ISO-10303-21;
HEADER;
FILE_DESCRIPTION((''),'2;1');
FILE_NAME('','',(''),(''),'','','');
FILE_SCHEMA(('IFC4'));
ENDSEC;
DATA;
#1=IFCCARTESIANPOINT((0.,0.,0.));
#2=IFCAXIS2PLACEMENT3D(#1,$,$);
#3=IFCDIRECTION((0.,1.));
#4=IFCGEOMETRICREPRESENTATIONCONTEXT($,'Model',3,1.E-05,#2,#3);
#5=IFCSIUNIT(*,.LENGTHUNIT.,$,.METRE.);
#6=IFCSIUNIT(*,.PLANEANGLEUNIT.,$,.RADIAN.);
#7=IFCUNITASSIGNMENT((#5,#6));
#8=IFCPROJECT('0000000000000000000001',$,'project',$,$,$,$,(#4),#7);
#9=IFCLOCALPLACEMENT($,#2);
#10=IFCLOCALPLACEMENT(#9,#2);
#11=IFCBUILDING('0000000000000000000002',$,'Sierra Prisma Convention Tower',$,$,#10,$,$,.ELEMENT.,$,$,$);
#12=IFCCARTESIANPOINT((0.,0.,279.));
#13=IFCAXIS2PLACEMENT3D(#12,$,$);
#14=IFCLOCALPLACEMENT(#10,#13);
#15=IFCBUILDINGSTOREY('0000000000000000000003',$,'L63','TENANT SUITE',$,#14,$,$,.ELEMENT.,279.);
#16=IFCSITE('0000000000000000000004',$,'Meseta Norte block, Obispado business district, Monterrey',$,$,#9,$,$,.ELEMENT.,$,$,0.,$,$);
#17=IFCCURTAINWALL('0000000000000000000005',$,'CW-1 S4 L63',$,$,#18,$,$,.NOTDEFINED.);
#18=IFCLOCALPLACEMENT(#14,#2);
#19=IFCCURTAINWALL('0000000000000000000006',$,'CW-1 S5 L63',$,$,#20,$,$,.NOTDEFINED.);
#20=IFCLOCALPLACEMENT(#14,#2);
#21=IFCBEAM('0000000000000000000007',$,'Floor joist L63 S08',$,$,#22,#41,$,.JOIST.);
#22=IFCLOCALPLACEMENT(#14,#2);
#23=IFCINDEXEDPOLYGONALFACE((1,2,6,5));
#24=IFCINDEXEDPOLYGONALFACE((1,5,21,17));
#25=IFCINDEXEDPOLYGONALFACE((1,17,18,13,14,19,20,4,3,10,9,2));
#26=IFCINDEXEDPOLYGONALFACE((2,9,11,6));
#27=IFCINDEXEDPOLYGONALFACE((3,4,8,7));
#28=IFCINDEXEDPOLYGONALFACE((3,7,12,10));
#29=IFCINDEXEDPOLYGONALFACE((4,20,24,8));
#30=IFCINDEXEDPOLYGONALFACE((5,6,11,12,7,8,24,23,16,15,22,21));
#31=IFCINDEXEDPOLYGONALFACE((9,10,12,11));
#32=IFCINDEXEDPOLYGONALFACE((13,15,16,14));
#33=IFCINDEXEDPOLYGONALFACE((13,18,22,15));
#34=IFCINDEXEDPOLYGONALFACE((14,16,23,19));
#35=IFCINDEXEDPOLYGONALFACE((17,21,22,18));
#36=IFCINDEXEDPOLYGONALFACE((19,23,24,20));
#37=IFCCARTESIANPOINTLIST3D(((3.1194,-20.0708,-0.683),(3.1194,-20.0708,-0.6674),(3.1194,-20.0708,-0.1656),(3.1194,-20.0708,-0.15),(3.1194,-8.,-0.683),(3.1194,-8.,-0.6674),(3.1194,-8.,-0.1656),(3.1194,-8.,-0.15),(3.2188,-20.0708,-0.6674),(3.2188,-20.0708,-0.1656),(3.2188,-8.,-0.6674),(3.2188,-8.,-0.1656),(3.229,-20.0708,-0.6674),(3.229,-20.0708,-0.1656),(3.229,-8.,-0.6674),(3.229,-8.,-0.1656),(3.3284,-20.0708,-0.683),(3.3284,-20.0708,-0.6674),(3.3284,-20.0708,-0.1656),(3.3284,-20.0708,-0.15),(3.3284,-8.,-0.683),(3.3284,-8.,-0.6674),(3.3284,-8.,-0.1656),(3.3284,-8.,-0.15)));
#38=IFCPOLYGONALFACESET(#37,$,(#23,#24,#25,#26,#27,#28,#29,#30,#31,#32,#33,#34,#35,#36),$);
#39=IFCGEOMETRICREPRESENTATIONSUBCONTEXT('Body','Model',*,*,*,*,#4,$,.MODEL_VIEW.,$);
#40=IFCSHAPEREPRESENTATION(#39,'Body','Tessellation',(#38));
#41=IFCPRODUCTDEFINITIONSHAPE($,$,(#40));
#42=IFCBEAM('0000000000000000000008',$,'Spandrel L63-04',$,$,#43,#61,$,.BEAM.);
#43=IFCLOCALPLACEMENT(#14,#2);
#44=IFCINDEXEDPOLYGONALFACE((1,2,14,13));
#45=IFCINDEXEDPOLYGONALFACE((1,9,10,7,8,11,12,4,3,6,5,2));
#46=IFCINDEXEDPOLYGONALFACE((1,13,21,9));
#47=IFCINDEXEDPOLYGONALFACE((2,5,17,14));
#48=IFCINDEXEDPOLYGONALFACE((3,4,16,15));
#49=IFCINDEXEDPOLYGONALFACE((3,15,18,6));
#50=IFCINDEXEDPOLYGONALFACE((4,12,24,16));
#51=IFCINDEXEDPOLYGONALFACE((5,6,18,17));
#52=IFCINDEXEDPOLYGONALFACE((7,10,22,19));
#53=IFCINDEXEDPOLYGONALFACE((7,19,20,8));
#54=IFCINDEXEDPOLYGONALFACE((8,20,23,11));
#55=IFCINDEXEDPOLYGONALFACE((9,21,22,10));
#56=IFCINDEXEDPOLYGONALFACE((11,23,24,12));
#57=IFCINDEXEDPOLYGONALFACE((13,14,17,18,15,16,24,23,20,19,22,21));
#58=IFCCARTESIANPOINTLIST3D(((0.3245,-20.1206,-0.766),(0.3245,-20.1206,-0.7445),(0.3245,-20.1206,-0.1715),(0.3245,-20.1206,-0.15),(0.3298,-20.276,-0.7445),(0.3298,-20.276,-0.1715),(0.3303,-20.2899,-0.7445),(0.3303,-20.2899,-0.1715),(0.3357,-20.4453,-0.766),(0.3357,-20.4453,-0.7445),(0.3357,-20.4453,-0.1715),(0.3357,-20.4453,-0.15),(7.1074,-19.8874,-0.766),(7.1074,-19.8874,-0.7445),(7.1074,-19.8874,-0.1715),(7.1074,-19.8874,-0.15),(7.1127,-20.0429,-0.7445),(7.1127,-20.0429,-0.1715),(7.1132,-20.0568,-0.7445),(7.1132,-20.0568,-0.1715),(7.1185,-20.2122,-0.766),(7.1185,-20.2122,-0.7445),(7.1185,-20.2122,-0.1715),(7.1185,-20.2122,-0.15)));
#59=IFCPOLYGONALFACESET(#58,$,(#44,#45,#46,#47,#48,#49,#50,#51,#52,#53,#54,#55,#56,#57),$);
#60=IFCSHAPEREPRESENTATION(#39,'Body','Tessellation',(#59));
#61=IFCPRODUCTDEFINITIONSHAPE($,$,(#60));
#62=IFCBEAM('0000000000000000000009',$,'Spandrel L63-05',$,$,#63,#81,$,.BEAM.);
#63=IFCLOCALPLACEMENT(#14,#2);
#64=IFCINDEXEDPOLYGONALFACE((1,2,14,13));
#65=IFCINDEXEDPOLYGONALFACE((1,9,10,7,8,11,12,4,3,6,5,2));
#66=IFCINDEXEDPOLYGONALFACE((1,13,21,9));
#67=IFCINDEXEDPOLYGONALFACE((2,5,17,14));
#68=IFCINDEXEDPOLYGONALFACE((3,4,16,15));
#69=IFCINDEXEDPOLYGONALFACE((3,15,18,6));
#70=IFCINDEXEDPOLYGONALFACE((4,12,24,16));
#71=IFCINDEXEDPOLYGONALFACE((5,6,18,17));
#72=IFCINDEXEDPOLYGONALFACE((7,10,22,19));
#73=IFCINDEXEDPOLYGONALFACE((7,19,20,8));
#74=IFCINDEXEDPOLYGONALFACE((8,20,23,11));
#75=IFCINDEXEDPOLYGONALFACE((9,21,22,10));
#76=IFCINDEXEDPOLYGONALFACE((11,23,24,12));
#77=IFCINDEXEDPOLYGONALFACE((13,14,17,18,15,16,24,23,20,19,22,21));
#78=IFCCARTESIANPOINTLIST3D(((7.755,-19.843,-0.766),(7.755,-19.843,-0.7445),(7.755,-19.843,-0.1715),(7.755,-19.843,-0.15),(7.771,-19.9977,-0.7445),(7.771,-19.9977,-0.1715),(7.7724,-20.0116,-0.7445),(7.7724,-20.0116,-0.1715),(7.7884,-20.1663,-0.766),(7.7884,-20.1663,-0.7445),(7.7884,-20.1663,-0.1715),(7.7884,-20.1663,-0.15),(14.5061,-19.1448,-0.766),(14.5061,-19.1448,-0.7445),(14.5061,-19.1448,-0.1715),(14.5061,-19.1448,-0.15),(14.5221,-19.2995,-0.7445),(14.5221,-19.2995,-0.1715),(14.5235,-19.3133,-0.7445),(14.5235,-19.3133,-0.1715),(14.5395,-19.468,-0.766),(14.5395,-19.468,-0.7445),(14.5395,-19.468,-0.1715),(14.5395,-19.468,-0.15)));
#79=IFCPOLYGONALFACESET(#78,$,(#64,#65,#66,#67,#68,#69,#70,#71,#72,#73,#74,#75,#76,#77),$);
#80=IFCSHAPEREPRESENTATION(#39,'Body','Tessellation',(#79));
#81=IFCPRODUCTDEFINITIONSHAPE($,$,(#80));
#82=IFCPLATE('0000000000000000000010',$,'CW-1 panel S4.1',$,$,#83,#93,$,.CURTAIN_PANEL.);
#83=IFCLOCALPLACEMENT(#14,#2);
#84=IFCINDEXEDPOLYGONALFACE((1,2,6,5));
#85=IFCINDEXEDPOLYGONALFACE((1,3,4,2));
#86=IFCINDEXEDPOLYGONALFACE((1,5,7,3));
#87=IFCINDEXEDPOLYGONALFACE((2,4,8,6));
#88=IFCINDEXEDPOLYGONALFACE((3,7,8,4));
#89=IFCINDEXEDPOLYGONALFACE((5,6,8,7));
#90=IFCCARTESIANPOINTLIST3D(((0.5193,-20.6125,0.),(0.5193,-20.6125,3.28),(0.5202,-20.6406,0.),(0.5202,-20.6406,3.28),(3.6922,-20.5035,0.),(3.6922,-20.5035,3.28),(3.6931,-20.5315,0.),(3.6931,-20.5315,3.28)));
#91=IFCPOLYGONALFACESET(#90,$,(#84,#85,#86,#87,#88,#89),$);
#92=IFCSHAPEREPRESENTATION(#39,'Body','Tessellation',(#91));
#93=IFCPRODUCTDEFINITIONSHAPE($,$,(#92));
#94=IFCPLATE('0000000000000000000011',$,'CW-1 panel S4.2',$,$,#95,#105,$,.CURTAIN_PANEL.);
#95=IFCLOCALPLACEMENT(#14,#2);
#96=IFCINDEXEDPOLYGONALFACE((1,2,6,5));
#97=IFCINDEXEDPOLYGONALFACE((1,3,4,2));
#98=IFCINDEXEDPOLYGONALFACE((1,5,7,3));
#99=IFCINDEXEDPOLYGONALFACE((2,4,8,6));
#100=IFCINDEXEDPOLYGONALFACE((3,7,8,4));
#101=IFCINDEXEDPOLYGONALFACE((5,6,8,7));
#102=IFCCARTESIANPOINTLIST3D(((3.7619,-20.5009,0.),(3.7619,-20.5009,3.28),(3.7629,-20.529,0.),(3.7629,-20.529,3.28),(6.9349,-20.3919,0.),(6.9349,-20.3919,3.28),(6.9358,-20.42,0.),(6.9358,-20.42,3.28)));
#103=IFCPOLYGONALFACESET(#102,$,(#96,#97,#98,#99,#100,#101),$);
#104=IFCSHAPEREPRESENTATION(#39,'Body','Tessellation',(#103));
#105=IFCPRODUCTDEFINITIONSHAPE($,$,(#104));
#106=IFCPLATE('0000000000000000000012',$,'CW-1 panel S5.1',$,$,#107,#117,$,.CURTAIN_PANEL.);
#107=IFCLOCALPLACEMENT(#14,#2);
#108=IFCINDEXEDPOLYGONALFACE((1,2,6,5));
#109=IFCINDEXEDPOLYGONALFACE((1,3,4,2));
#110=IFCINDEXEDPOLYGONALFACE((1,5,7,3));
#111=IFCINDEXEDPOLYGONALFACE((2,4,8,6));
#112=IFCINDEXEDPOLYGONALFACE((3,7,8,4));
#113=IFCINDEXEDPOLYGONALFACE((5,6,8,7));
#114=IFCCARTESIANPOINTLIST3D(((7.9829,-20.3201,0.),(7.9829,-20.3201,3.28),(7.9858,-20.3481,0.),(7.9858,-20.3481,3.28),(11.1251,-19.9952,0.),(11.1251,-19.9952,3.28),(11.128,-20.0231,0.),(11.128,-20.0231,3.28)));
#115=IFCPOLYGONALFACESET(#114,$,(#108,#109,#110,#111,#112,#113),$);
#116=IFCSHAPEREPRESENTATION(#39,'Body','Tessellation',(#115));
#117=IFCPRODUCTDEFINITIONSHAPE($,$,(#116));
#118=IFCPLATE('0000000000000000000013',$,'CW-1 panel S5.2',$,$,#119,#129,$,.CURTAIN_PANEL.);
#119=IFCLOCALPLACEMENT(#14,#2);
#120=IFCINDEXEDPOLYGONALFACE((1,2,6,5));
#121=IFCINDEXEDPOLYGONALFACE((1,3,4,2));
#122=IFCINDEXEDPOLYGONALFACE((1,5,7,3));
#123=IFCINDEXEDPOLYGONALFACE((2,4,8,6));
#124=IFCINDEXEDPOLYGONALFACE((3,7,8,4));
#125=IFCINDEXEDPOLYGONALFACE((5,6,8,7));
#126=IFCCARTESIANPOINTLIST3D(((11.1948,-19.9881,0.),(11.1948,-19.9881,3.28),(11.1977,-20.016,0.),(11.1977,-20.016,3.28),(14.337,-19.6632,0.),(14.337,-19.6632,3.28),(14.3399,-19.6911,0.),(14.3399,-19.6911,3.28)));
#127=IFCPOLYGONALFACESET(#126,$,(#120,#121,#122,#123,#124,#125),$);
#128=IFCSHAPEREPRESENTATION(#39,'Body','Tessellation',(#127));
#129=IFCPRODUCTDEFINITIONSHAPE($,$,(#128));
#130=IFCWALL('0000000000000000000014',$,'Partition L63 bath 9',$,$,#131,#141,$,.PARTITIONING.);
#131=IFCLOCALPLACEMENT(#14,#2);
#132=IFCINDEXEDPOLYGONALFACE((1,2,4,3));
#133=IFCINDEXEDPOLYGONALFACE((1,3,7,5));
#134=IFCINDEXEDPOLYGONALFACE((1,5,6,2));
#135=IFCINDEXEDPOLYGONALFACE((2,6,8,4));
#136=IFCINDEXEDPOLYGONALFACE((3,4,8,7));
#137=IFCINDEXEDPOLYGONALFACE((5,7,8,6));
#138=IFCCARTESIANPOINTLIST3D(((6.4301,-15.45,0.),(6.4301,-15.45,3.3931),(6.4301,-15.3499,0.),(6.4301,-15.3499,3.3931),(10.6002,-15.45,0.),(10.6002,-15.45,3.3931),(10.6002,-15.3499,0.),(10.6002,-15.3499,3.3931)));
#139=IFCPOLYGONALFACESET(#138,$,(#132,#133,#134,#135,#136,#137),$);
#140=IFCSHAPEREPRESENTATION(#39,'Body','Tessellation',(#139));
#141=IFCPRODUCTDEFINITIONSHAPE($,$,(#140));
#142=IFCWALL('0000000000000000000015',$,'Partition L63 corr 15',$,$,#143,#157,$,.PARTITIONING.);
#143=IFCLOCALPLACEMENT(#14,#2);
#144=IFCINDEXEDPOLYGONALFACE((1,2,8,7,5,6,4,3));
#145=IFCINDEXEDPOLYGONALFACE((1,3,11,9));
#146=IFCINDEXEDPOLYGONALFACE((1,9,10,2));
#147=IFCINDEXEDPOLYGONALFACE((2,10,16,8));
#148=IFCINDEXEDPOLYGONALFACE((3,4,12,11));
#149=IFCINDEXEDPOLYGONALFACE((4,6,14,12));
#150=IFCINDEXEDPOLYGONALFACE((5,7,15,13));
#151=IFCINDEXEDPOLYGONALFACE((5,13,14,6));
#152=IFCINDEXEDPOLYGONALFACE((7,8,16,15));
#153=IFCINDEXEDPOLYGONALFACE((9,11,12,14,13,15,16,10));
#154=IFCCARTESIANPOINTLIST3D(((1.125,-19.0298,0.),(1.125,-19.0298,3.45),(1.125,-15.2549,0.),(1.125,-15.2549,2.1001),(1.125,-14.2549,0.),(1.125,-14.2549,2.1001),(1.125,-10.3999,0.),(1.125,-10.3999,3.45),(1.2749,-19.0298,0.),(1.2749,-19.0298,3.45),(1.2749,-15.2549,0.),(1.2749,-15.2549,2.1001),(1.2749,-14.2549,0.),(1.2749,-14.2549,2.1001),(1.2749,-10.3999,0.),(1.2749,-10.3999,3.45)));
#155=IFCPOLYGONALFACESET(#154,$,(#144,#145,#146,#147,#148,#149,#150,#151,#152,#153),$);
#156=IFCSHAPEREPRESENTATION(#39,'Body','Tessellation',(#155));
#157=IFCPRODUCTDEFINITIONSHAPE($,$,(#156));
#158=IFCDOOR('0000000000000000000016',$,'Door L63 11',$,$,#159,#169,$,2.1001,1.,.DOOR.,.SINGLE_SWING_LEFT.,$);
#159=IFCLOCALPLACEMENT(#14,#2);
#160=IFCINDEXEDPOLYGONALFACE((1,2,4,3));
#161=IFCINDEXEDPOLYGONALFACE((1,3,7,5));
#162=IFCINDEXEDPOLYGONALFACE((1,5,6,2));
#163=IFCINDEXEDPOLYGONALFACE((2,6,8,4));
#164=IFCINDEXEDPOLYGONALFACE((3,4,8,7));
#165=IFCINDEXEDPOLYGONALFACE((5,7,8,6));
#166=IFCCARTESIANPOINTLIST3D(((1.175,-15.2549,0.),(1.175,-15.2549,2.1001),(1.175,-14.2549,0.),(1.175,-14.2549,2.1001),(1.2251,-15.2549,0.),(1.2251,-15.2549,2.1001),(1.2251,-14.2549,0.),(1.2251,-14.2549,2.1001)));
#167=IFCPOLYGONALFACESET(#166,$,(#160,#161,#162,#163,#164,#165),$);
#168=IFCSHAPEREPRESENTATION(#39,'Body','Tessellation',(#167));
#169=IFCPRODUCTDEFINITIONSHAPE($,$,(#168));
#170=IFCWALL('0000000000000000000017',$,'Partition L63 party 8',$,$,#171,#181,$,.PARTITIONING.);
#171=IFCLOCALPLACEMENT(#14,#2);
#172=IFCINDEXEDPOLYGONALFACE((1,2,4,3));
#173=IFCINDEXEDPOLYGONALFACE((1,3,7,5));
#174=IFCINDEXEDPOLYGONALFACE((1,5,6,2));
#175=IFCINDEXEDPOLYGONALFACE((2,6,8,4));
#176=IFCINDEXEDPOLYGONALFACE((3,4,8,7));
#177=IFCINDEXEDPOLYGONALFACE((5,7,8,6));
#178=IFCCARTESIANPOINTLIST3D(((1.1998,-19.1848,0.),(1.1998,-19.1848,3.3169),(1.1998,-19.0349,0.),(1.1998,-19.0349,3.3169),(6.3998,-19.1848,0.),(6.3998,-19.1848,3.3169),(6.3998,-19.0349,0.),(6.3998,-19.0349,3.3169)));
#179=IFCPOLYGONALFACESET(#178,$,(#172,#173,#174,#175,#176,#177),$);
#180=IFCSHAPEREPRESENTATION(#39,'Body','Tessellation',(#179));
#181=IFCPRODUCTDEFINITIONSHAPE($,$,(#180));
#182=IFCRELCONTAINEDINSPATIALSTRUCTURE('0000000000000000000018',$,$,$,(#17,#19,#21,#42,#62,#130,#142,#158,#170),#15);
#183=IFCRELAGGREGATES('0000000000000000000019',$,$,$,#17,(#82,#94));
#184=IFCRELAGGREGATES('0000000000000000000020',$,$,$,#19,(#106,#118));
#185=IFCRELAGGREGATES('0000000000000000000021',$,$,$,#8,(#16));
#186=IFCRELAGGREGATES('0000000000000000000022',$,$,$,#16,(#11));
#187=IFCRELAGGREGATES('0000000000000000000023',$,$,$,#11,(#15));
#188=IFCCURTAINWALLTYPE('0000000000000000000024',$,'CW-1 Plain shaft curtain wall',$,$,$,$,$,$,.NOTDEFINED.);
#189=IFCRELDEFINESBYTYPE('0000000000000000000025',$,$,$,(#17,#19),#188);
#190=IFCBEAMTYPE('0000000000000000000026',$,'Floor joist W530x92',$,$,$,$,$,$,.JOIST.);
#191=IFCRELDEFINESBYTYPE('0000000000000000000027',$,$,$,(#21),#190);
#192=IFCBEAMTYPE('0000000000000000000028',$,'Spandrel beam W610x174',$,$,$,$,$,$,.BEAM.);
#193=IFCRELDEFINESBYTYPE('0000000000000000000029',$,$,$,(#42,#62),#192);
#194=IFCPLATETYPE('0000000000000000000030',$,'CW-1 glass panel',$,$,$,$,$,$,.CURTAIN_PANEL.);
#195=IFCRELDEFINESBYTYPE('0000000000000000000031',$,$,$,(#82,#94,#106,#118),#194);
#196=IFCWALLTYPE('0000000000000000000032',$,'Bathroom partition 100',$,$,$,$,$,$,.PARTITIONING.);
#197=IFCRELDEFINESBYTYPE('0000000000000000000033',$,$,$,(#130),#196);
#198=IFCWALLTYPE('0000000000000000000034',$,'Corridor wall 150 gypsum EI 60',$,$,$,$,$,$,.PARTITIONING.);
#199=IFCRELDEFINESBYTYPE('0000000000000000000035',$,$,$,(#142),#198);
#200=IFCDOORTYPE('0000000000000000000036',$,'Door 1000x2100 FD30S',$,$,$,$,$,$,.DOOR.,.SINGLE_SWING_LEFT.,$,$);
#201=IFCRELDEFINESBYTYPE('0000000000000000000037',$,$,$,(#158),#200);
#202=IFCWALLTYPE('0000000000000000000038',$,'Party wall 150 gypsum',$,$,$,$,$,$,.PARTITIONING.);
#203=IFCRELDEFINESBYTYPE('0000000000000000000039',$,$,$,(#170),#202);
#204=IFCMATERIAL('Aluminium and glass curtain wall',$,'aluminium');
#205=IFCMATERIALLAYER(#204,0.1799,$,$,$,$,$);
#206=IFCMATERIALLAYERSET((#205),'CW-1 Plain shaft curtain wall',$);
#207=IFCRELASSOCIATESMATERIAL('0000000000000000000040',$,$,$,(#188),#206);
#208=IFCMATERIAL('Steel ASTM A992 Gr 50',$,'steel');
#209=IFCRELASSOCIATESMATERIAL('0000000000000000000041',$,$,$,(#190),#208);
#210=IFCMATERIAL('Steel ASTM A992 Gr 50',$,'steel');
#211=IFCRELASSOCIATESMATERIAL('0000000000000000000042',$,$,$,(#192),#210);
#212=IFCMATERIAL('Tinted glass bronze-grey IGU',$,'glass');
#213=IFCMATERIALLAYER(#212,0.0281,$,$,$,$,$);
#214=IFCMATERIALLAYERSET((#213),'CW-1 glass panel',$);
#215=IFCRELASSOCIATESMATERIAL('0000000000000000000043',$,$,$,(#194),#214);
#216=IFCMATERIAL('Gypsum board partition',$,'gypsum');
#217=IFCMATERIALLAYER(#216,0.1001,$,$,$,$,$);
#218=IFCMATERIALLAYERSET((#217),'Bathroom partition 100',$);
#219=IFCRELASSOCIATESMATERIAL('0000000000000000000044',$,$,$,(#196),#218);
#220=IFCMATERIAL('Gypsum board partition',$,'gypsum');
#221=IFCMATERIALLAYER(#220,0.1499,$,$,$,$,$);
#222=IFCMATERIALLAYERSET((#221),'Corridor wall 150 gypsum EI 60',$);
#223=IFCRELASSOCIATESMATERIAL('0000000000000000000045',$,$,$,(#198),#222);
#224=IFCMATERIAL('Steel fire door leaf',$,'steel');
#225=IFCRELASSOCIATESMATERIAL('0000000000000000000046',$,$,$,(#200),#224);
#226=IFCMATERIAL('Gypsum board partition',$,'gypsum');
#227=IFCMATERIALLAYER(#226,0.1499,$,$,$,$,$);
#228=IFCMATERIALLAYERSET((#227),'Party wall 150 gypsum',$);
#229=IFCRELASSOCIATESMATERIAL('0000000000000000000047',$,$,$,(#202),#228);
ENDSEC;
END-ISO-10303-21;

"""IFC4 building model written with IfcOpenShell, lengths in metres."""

from ifc_helpers import new_model, si_unit, direction, frame, frame_2d, origin, origin_2d, place, context, subcontext, project, spatial, rectangle, i_section, extrude, material, layer, layer_set, material_profile, profile_set, type_object, element, fill, aggregate, save


model = new_model("IFC4")

# Units and contexts
model_context = context("Model", 3, precision=1e-05, world=origin(), true_north=direction((0.0, 1.0)))
body_context = subcontext(model_context, "Body", "Model", "MODEL_VIEW")
ifc_project = project(units=[si_unit("LENGTHUNIT", "METRE"), si_unit("PLANEANGLEUNIT", "RADIAN")], contexts=[model_context])

# Site, building, storey
site_placement = place(None, origin())
site = spatial("IfcSite", under=ifc_project, at=site_placement, Name="Meseta Norte block, Obispado business district, Monterrey", CompositionType="ELEMENT", RefElevation=0.0)
building_placement = place(site_placement, origin())
building = spatial("IfcBuilding", under=site, at=building_placement, Name="Sierra Prisma Convention Tower", CompositionType="ELEMENT")
storey_placement = place(building_placement, frame((0.0, 0.0, 279.0)))
storey = spatial("IfcBuildingStorey", under=building, at=storey_placement, Name="L63", Description="TENANT SUITE", CompositionType="ELEMENT", Elevation=279.0)

# Curtain walls
ifc_material_1 = material(Name="Aluminium and glass curtain wall", Category="aluminium")
ifc_layer_1 = layer(ifc_material_1, 0.1799)
ifc_layer_set_1 = layer_set([ifc_layer_1], Name="CW-1 Plain shaft curtain wall")
curtain_wall_type = type_object("IfcCurtainWallType", Name="CW-1 Plain shaft curtain wall", PredefinedType="NOTDEFINED", material=ifc_layer_set_1)
curtain_wall_1_placement = place(storey_placement, origin())
curtain_wall_1 = element("IfcCurtainWall", 1, at=curtain_wall_1_placement, inside=storey, type_object=curtain_wall_type, Name="CW-1 S4 L63", PredefinedType="NOTDEFINED")
curtain_wall_2_placement = place(storey_placement, origin())
curtain_wall_2 = element("IfcCurtainWall", 2, at=curtain_wall_2_placement, inside=storey, type_object=curtain_wall_type, Name="CW-1 S5 L63", PredefinedType="NOTDEFINED")

# Beams
ifc_material_2 = material(Name="Steel ASTM A992 Gr 50", Category="steel")
ifc_material_profile_1 = material_profile(ifc_material_2, i_section(OverallWidth=0.209, OverallDepth=0.533, WebThickness=0.0103, FlangeThickness=0.0156, at=origin_2d()), Name="W530x92")
ifc_profile_set_1 = profile_set([ifc_material_profile_1], Name="Steel ASTM A992 Gr 50")
beam_type_1 = type_object("IfcBeamType", Name="Floor joist W530x92", PredefinedType="JOIST", material=ifc_profile_set_1)
beam_1_placement = place(storey_placement, frame((3.2239, -20.0708, -0.4165), z_axis=(0.0, 1.0, 0.0), x_axis=(-1.0, 0.0, 0.0)))
element("IfcBeam", 3, at=beam_1_placement, inside=storey, type_object=beam_type_1, Name="Floor joist L63 S08", PredefinedType="JOIST", context=body_context, shape_type="SweptSolid", body=[
    extrude(i_section(OverallWidth=0.209, OverallDepth=0.533, WebThickness=0.0103, FlangeThickness=0.0156, at=origin_2d()), origin(), (0.0, 0.0, 1.0), 12.0708),
])
ifc_material_3 = material(Name="Steel ASTM A992 Gr 50", Category="steel")
ifc_material_profile_2 = material_profile(ifc_material_3, i_section(OverallWidth=0.325, OverallDepth=0.616, WebThickness=0.0139, FlangeThickness=0.0215, at=origin_2d()), Name="W610x174")
ifc_profile_set_2 = profile_set([ifc_material_profile_2], Name="Steel ASTM A992 Gr 50")
beam_type_2 = type_object("IfcBeamType", Name="Spandrel beam W610x174", PredefinedType="BEAM", material=ifc_profile_set_2)
beam_2_placement = place(storey_placement, frame((0.3301, -20.283, -0.458), z_axis=(0.99941, 0.034353, 0.0), x_axis=(-0.034353, 0.99941, 0.0)))
element("IfcBeam", 4, at=beam_2_placement, inside=storey, type_object=beam_type_2, Name="Spandrel L63-04", PredefinedType="BEAM", context=body_context, shape_type="SweptSolid", body=[
    extrude(i_section(OverallWidth=0.325, OverallDepth=0.616, WebThickness=0.0139, FlangeThickness=0.0215, at=origin_2d()), origin(), (0.0, 0.0, 1.0), 6.7869),
])
beam_3_placement = place(storey_placement, frame((7.7717, -20.0046, -0.458), z_axis=(0.994694, 0.10288, 0.0), x_axis=(-0.10288, 0.994694, 0.0)))
element("IfcBeam", 5, at=beam_3_placement, inside=storey, type_object=beam_type_2, Name="Spandrel L63-05", PredefinedType="BEAM", context=body_context, shape_type="SweptSolid", body=[
    extrude(i_section(OverallWidth=0.325, OverallDepth=0.616, WebThickness=0.0139, FlangeThickness=0.0215, at=origin_2d()), origin(), (0.0, 0.0, 1.0), 6.7871),
])

# Plates
ifc_material_4 = material(Name="Tinted glass bronze-grey IGU", Category="glass")
ifc_layer_2 = layer(ifc_material_4, 0.0281)
ifc_layer_set_2 = layer_set([ifc_layer_2], Name="CW-1 glass panel")
plate_type = type_object("IfcPlateType", Name="CW-1 glass panel", PredefinedType="CURTAIN_PANEL", material=ifc_layer_set_2)
plate_1_placement = place(storey_placement, frame((2.1062, -20.572, 0.0), z_axis=(0.0, 0.0, 1.0), x_axis=(0.99941, 0.034342, 0.0)))
plate_1 = element("IfcPlate", 6, at=plate_1_placement, type_object=plate_type, Name="CW-1 panel S4.1", PredefinedType="CURTAIN_PANEL", context=body_context, shape_type="SweptSolid", body=[
    extrude(rectangle(XDim=3.1748, YDim=0.0281, at=origin_2d()), origin(), (0.0, 0.0, 1.0), 3.28),
])
plate_2_placement = place(storey_placement, frame((5.3489, -20.4604, 0.0), z_axis=(0.0, 0.0, 1.0), x_axis=(0.99941, 0.034342, 0.0)))
plate_2 = element("IfcPlate", 7, at=plate_2_placement, type_object=plate_type, Name="CW-1 panel S4.2", PredefinedType="CURTAIN_PANEL", context=body_context, shape_type="SweptSolid", body=[
    extrude(rectangle(XDim=3.1748, YDim=0.0281, at=origin_2d()), origin(), (0.0, 0.0, 1.0), 3.28),
])
aggregate(curtain_wall_1, [plate_1, plate_2])
plate_3_placement = place(storey_placement, frame((9.5554, -20.1716, 0.0), z_axis=(0.0, 0.0, 1.0), x_axis=(0.994695, 0.102865, 0.0)))
plate_3 = element("IfcPlate", 8, at=plate_3_placement, type_object=plate_type, Name="CW-1 panel S5.1", PredefinedType="CURTAIN_PANEL", context=body_context, shape_type="SweptSolid", body=[
    extrude(rectangle(XDim=3.1589, YDim=0.0281, at=origin_2d()), origin(), (0.0, 0.0, 1.0), 3.28),
])
plate_4_placement = place(storey_placement, frame((12.7673, -19.8396, 0.0), z_axis=(0.0, 0.0, 1.0), x_axis=(0.994695, 0.102865, 0.0)))
plate_4 = element("IfcPlate", 9, at=plate_4_placement, type_object=plate_type, Name="CW-1 panel S5.2", PredefinedType="CURTAIN_PANEL", context=body_context, shape_type="SweptSolid", body=[
    extrude(rectangle(XDim=3.1589, YDim=0.0281, at=origin_2d()), origin(), (0.0, 0.0, 1.0), 3.28),
])
aggregate(curtain_wall_2, [plate_3, plate_4])

# Wall
ifc_material_5 = material(Name="Gypsum board partition", Category="gypsum")
ifc_layer_3 = layer(ifc_material_5, 0.1001)
ifc_layer_set_3 = layer_set([ifc_layer_3], Name="Bathroom partition 100")
wall_type_1 = type_object("IfcWallType", Name="Bathroom partition 100", PredefinedType="PARTITIONING", material=ifc_layer_set_3)
wall_1_placement = place(storey_placement, frame((10.6001, -15.3999, 0.0), z_axis=(0.0, 0.0, 1.0), x_axis=(-1.0, 0.0, 0.0)))
element("IfcWall", 10, at=wall_1_placement, inside=storey, type_object=wall_type_1, Name="Partition L63 bath 9", PredefinedType="PARTITIONING", context=body_context, shape_type="SweptSolid", body=[
    extrude(rectangle(XDim=4.1702, YDim=0.1001, at=frame_2d((2.085, 0.0))), origin(), (0.0, 0.0, 1.0), 3.3931),
])

# Wall, opening, door
ifc_material_6 = material(Name="Gypsum board partition", Category="gypsum")
ifc_layer_4 = layer(ifc_material_6, 0.1499)
ifc_layer_set_4 = layer_set([ifc_layer_4], Name="Corridor wall 150 gypsum EI 60")
wall_type_2 = type_object("IfcWallType", Name="Corridor wall 150 gypsum EI 60", PredefinedType="PARTITIONING", material=ifc_layer_set_4)
wall_2_placement = place(storey_placement, frame((1.2, -19.0298, 0.0), z_axis=(0.0, 0.0, 1.0), x_axis=(0.0, 1.0, 0.0)))
wall_2 = element("IfcWall", 11, at=wall_2_placement, inside=storey, type_object=wall_type_2, Name="Partition L63 corr 15", PredefinedType="PARTITIONING", context=body_context, shape_type="SweptSolid", body=[
    extrude(rectangle(XDim=8.6299, YDim=0.1499, at=frame_2d((4.3149, 0.0))), origin(), (0.0, 0.0, 1.0), 3.45),
])
opening_placement = place(wall_2_placement, frame((3.7749, 0.0, 0.0)))
opening = element("IfcOpeningElement", 12, at=opening_placement, cuts=wall_2, PredefinedType="OPENING", context=body_context, shape_type="SweptSolid", body=[
    extrude(rectangle(XDim=1.0, YDim=2.1001, at=frame_2d((0.5, 1.05))), frame((0.0, 0.075, 0.0), z_axis=(0.0, -1.0, 0.0), x_axis=(1.0, 0.0, 0.0)), (0.0, 0.0, 1.0), 0.1499),
])
ifc_material_7 = material(Name="Steel fire door leaf", Category="steel")
door_type = type_object("IfcDoorType", Name="Door 1000x2100 FD30S", OperationType="SINGLE_SWING_LEFT", PredefinedType="DOOR", material=ifc_material_7)
door_placement = place(opening_placement, origin())
door = element("IfcDoor", 13, at=door_placement, inside=storey, type_object=door_type, Name="Door L63 11", OperationType="SINGLE_SWING_LEFT", OverallHeight=2.1001, OverallWidth=1.0, PredefinedType="DOOR", context=body_context, shape_type="SweptSolid", body=[
    extrude(rectangle(XDim=1.0, YDim=2.1001, at=frame_2d((0.5, 1.05))), frame((0.0, 0.0249, 0.0), z_axis=(0.0, -1.0, 0.0), x_axis=(1.0, 0.0, 0.0)), (0.0, 0.0, 1.0), 0.05),
])
fill(opening, door)

# Wall
ifc_material_8 = material(Name="Gypsum board partition", Category="gypsum")
ifc_layer_5 = layer(ifc_material_8, 0.1499)
ifc_layer_set_5 = layer_set([ifc_layer_5], Name="Party wall 150 gypsum")
wall_type_3 = type_object("IfcWallType", Name="Party wall 150 gypsum", PredefinedType="PARTITIONING", material=ifc_layer_set_5)
wall_3_placement = place(storey_placement, frame((6.3999, -19.1099, 0.0), z_axis=(0.0, 0.0, 1.0), x_axis=(-1.0, 0.0, 0.0)))
element("IfcWall", 14, at=wall_3_placement, inside=storey, type_object=wall_type_3, Name="Partition L63 party 8", PredefinedType="PARTITIONING", context=body_context, shape_type="SweptSolid", body=[
    extrude(rectangle(XDim=5.2, YDim=0.1499, at=frame_2d((2.6001, 0.0))), origin(), (0.0, 0.0, 1.0), 3.3169),
])

save(model, "model.ifc")
